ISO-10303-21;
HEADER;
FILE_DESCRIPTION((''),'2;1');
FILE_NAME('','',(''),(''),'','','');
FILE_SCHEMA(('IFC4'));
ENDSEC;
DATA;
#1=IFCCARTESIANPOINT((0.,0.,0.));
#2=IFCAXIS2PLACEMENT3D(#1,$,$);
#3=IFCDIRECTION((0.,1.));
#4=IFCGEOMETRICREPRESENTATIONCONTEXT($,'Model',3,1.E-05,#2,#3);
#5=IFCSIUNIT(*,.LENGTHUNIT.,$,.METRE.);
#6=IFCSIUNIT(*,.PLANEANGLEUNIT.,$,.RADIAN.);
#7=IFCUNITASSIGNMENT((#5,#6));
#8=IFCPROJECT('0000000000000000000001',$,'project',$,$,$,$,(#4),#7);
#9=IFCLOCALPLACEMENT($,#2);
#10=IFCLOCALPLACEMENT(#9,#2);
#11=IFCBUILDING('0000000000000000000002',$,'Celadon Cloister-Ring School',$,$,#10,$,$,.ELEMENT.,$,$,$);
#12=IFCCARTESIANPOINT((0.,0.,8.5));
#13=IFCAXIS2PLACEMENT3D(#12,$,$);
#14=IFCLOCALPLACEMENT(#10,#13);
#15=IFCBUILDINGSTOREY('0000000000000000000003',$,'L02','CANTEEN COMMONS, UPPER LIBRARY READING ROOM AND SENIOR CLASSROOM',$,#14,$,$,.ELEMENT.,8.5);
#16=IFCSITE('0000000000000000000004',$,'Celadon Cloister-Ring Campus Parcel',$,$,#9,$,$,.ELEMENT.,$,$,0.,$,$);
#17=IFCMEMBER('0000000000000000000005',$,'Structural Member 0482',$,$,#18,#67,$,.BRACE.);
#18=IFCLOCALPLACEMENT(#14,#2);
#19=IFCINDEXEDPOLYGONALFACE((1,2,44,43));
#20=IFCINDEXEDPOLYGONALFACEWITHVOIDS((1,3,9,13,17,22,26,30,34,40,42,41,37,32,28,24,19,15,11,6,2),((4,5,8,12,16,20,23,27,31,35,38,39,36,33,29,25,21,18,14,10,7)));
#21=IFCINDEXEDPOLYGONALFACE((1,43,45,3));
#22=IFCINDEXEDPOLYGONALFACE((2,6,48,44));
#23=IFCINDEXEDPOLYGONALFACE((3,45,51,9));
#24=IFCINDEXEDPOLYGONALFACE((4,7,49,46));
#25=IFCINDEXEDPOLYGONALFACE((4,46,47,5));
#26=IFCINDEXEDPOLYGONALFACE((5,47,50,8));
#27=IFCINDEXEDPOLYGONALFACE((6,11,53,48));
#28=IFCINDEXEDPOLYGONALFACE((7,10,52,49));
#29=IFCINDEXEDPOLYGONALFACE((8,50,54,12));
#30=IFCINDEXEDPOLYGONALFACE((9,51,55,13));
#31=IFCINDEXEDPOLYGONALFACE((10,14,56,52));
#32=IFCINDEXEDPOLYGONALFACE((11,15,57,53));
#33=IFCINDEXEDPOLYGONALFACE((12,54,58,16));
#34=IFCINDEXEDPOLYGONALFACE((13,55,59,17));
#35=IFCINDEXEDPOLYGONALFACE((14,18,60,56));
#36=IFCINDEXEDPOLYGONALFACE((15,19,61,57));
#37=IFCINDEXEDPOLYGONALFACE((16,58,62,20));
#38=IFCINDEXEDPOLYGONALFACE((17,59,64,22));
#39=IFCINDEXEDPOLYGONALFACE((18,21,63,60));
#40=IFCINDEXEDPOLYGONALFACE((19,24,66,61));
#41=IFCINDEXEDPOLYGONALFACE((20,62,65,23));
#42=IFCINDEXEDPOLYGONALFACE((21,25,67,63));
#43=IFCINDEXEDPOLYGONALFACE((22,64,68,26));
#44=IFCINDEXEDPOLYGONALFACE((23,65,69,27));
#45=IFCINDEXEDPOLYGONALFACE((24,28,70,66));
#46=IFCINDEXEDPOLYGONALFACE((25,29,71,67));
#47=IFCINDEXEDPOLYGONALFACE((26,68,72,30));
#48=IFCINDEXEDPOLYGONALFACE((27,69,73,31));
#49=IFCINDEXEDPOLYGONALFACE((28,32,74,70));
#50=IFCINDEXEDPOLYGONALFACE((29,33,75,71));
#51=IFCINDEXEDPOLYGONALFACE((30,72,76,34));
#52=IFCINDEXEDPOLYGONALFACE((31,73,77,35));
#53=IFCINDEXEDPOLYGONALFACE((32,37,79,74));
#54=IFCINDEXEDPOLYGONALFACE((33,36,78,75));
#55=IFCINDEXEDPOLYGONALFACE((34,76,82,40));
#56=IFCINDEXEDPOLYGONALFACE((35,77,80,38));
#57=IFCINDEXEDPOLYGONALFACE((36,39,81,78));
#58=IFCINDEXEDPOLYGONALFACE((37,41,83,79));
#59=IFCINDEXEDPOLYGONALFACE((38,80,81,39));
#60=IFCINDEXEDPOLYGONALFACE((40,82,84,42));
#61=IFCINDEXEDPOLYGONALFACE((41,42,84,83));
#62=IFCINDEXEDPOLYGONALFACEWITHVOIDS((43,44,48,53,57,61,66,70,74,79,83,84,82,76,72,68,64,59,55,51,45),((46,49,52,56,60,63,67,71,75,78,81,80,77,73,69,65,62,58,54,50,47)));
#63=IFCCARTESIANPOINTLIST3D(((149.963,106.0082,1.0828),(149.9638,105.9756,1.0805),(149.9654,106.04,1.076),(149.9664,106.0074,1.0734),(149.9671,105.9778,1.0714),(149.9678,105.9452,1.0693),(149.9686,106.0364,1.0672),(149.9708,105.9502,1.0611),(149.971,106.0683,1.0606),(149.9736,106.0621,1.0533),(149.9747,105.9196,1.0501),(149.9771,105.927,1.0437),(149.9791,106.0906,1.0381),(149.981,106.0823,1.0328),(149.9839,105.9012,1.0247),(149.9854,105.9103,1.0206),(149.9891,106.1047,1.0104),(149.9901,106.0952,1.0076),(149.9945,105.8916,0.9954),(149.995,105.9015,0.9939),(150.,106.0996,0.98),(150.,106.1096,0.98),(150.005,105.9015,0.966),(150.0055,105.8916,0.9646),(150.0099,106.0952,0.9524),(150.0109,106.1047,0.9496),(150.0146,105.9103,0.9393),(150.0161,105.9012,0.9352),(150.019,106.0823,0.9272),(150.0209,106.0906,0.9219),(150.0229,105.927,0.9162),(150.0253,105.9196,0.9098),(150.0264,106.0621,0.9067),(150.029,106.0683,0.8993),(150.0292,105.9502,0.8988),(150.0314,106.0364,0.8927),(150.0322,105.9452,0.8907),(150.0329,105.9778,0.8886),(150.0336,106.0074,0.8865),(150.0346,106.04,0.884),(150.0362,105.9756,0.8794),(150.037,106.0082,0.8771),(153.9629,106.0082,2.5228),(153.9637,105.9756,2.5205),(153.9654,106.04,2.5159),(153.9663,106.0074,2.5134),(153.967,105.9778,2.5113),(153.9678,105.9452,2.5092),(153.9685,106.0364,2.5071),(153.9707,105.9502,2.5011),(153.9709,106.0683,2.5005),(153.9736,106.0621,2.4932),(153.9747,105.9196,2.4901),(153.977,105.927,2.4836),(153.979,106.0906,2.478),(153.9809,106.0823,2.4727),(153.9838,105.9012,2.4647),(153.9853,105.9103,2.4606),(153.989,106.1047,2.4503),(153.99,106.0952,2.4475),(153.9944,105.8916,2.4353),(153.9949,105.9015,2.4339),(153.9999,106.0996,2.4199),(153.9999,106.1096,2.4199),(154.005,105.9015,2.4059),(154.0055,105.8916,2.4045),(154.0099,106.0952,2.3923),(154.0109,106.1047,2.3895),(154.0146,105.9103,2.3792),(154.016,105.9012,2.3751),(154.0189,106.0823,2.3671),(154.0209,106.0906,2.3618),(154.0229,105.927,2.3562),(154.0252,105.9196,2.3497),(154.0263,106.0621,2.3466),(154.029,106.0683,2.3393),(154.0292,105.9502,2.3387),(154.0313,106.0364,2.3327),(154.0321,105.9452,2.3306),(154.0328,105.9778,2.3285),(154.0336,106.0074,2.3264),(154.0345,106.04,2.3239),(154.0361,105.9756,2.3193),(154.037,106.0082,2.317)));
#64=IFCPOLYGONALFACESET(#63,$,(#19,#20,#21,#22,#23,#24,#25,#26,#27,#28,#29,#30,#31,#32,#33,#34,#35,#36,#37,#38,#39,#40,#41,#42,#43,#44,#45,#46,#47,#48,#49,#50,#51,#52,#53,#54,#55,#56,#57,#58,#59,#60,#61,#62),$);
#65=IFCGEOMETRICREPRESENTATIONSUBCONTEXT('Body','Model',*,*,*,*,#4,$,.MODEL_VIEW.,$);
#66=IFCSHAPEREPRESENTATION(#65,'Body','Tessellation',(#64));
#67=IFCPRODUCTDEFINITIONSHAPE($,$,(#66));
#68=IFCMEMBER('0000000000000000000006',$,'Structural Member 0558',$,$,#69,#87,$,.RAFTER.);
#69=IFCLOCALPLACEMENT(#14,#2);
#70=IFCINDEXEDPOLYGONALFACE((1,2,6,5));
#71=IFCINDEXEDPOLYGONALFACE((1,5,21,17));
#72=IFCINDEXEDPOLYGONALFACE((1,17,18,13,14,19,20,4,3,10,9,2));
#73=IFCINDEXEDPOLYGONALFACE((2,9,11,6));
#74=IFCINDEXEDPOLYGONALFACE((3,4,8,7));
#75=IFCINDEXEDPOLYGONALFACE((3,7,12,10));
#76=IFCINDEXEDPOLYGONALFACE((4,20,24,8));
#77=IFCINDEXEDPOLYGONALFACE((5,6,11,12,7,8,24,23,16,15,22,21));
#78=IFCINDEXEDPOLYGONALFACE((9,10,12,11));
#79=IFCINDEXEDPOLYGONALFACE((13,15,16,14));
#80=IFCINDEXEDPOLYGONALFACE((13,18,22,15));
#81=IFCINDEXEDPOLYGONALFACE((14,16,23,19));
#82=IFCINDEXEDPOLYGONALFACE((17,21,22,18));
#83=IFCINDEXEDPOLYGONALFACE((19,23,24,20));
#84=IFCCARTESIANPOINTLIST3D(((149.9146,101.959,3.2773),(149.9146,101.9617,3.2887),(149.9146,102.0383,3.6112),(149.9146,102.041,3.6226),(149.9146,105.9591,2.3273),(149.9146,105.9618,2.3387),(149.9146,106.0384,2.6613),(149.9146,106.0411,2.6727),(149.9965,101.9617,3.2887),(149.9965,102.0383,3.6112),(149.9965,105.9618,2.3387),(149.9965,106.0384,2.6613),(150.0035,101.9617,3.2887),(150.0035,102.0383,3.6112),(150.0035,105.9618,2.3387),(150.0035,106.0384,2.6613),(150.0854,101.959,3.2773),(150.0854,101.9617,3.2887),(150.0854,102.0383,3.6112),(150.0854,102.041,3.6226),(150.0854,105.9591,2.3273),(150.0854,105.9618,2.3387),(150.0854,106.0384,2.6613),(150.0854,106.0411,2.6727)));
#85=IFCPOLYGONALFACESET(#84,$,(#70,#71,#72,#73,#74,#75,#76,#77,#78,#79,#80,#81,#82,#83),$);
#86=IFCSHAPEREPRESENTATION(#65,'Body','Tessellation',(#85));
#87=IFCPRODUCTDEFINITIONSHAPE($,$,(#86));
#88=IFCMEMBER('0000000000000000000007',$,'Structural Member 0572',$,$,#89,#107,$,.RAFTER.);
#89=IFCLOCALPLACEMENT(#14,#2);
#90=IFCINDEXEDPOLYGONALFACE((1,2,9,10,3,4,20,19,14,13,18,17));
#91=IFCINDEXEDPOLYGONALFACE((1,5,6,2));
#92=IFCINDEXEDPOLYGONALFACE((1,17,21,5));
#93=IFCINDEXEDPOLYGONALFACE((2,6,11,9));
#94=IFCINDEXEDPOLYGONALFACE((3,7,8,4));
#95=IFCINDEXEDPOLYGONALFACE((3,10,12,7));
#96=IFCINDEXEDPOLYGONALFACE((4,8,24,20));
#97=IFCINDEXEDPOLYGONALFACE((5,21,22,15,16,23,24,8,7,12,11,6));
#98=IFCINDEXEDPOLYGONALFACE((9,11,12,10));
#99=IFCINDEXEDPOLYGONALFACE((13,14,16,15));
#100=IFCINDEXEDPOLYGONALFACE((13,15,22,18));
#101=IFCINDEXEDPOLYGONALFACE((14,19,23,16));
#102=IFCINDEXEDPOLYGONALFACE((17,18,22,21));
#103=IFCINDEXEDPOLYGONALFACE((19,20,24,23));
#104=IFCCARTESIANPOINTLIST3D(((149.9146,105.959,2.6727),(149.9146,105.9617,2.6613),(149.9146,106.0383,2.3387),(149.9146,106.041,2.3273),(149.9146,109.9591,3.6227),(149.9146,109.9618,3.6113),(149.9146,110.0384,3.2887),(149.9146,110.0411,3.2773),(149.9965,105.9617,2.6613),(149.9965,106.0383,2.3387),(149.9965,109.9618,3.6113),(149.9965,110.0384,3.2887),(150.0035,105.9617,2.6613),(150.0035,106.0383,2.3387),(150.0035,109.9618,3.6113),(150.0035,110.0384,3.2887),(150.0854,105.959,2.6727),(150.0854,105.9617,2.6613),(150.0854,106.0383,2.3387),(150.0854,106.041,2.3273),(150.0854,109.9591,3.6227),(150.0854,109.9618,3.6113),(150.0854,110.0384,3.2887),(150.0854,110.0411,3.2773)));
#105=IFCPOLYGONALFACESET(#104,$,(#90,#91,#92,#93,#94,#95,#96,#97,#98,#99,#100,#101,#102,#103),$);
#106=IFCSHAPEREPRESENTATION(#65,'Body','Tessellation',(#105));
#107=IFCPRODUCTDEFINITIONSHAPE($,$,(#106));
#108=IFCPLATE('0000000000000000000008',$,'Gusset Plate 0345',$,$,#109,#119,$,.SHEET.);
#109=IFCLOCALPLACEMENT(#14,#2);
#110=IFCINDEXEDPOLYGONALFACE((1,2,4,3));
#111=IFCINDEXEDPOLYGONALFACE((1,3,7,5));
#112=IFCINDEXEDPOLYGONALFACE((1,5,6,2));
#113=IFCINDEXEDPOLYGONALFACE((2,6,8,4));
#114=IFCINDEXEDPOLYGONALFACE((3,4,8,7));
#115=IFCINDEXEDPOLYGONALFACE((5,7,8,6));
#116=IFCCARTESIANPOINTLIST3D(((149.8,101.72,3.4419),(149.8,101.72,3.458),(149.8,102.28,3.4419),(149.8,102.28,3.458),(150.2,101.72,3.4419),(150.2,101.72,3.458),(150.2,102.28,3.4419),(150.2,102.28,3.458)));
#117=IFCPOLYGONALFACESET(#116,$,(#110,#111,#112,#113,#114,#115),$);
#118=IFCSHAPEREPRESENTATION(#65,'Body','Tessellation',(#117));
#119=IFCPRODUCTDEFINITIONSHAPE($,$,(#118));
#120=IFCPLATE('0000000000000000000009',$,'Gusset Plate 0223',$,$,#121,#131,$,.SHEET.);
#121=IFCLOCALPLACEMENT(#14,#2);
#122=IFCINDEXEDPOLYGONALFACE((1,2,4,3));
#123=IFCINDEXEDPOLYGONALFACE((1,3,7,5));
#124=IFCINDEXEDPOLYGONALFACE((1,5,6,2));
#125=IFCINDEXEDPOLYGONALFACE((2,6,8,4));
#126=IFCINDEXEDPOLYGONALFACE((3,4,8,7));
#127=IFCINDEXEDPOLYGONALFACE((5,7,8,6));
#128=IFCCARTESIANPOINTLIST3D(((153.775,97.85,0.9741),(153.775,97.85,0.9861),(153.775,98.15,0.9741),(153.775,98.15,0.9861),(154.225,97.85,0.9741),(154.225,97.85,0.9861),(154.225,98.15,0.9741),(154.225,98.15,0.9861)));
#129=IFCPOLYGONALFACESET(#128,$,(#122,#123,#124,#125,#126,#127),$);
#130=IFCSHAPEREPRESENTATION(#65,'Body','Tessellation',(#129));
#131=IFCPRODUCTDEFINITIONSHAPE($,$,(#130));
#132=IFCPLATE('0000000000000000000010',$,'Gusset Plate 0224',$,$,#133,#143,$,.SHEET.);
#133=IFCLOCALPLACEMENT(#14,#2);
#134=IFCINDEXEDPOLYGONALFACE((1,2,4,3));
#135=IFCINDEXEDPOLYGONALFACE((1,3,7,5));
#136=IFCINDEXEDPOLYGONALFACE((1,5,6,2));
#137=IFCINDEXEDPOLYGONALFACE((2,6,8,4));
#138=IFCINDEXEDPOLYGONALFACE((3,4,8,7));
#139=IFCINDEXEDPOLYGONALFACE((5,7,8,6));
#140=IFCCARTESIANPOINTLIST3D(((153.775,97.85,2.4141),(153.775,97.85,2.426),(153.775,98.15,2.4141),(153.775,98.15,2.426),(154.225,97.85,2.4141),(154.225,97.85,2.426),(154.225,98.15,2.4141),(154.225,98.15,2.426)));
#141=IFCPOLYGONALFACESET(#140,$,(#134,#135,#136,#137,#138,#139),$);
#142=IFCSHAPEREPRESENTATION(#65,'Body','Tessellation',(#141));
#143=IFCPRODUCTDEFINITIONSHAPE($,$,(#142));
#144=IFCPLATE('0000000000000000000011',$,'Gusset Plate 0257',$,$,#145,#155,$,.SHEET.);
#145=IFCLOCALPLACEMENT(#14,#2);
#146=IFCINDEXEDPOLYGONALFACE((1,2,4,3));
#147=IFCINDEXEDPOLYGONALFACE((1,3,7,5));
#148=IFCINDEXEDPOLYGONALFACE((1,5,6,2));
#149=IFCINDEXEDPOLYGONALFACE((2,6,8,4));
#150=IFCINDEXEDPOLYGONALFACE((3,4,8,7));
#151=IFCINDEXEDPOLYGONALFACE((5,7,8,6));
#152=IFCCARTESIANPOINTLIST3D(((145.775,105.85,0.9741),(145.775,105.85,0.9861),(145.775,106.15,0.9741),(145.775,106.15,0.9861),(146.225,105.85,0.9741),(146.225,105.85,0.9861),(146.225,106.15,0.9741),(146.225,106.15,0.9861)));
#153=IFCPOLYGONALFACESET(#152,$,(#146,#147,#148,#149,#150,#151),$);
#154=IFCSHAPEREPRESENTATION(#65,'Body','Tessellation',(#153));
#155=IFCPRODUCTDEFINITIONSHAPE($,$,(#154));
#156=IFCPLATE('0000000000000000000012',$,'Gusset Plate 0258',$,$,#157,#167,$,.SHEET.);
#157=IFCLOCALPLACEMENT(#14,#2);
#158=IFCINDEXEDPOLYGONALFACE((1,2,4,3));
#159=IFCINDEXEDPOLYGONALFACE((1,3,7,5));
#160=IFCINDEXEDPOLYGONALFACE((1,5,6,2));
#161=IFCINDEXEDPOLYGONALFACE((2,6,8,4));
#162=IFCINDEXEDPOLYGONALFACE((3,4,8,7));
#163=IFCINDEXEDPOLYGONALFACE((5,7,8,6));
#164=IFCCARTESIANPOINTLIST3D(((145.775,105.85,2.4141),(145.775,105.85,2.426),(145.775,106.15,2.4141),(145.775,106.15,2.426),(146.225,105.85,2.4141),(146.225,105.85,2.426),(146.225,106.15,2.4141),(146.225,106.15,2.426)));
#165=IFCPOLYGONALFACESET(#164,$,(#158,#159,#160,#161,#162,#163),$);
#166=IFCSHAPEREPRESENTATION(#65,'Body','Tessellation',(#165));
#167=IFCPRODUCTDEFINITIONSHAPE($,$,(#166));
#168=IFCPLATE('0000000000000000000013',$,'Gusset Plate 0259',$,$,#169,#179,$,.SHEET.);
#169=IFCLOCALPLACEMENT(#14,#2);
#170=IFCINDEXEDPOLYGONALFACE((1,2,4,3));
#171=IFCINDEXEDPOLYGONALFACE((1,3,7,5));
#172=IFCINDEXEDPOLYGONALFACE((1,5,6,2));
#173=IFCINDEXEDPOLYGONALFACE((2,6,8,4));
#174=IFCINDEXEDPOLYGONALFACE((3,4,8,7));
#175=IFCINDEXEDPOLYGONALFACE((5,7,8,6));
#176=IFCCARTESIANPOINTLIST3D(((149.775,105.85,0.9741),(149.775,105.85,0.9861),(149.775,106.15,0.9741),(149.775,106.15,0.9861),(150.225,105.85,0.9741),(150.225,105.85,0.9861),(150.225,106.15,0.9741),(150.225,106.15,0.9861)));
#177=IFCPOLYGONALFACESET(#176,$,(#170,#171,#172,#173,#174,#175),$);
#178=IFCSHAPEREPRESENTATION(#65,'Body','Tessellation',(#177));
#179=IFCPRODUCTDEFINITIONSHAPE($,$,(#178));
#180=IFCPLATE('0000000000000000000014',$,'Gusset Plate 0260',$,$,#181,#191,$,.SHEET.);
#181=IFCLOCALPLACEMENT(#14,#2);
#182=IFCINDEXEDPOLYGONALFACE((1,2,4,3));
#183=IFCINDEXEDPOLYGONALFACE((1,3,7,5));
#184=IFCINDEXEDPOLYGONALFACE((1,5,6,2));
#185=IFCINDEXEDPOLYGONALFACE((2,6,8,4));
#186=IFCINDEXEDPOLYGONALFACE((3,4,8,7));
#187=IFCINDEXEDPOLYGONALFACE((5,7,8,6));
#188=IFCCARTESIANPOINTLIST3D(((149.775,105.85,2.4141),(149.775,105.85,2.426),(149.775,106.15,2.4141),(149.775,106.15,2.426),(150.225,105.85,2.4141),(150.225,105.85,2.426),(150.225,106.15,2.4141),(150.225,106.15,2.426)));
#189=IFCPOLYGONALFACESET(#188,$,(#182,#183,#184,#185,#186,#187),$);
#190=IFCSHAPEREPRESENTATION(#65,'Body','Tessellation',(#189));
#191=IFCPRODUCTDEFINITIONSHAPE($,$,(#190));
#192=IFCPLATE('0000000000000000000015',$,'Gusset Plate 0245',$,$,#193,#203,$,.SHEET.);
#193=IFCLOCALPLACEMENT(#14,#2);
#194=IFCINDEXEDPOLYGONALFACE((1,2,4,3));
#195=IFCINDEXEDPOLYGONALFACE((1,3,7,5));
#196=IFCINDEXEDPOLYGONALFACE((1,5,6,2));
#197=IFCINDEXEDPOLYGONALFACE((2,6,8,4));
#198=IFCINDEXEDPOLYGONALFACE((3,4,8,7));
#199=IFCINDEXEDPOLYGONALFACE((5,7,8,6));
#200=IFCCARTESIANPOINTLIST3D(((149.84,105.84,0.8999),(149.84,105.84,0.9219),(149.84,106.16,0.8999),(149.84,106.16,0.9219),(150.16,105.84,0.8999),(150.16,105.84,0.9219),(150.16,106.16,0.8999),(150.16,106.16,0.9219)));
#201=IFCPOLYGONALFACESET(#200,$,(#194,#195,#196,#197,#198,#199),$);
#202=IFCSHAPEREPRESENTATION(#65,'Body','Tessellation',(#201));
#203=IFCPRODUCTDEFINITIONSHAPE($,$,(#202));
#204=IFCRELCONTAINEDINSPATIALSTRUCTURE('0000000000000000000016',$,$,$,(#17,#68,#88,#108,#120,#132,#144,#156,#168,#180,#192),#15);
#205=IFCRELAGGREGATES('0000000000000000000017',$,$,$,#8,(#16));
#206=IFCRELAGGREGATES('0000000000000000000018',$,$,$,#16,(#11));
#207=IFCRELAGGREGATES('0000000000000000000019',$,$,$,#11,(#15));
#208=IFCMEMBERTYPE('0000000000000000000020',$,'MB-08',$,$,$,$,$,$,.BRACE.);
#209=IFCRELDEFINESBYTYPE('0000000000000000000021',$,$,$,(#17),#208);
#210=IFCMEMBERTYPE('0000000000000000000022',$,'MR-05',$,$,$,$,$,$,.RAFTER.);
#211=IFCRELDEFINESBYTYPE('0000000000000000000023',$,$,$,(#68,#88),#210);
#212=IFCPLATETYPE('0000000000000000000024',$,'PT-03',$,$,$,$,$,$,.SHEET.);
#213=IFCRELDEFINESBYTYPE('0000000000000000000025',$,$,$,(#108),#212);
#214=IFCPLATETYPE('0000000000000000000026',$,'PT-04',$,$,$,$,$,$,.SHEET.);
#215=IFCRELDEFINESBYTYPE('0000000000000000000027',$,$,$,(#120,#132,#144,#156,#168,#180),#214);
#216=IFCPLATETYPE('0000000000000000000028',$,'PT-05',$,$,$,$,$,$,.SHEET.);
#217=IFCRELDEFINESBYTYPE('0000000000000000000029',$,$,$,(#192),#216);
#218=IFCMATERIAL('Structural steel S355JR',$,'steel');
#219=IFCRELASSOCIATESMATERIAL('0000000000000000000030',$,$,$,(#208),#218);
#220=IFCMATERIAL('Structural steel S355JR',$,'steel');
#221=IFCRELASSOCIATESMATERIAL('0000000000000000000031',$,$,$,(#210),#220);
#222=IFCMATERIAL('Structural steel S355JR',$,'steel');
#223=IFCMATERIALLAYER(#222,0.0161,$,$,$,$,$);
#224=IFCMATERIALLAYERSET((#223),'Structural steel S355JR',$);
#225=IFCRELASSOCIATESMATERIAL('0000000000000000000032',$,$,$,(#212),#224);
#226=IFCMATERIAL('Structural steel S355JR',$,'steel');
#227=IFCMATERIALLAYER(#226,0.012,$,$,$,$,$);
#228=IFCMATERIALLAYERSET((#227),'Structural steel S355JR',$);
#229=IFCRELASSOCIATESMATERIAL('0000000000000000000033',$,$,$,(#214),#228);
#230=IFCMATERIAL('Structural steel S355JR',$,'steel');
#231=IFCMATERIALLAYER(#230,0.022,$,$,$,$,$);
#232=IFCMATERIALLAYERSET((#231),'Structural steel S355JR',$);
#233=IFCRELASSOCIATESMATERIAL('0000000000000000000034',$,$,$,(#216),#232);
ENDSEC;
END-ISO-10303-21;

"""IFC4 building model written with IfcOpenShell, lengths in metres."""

from ifc_helpers import new_model, si_unit, direction, frame, origin, origin_2d, place, context, subcontext, project, spatial, rectangle, hollow_circle, i_section, extrude, material, layer, layer_set, material_profile, profile_set, type_object, element, save


model = new_model("IFC4")

# Units and contexts
model_context = context("Model", 3, precision=1e-05, world=origin(), true_north=direction((0.0, 1.0)))
body_context = subcontext(model_context, "Body", "Model", "MODEL_VIEW")
ifc_project = project(units=[si_unit("LENGTHUNIT", "METRE"), si_unit("PLANEANGLEUNIT", "RADIAN")], contexts=[model_context])

# Site, building, storey
site_placement = place(None, origin())
site = spatial("IfcSite", under=ifc_project, at=site_placement, Name="Celadon Cloister-Ring Campus Parcel", CompositionType="ELEMENT", RefElevation=0.0)
building_placement = place(site_placement, origin())
building = spatial("IfcBuilding", under=site, at=building_placement, Name="Celadon Cloister-Ring School", CompositionType="ELEMENT")
storey_placement = place(building_placement, frame((0.0, 0.0, 8.5)))
storey = spatial("IfcBuildingStorey", under=building, at=storey_placement, Name="L02", Description="CANTEEN COMMONS, UPPER LIBRARY READING ROOM AND SENIOR CLASSROOM", CompositionType="ELEMENT", Elevation=8.5)

# Members
ifc_material_1 = material(Name="Structural steel S355JR", Category="steel")
ifc_material_profile_1 = material_profile(ifc_material_1, hollow_circle(Radius=0.1096, WallThickness=0.01, at=origin_2d()), Name="CHS219.1X10")
ifc_profile_set_1 = profile_set([ifc_material_profile_1], Name="Structural steel S355JR")
member_type_1 = type_object("IfcMemberType", Name="MB-08", PredefinedType="BRACE", material=ifc_profile_set_1)
for number, where, z_axis, x_axis, name in (
    (1, (150.0, 106.0, 0.98), (0.940892, 0.0, 0.338707), (0.0, 1.0, 0.0), "Structural Member 0482"),
):
    element("IfcMember", number, at=place(storey_placement, frame(where, z_axis=z_axis, x_axis=x_axis)), inside=storey, type_object=member_type_1, Name=name, PredefinedType="BRACE", context=body_context, shape_type="SweptSolid", body=[
        extrude(hollow_circle(Radius=0.1096, WallThickness=0.01, at=origin_2d()), origin(), (0.0, 0.0, 1.0), 4.2512),
    ])
ifc_material_2 = material(Name="Structural steel S355JR", Category="steel")
ifc_material_profile_2 = material_profile(ifc_material_2, i_section(OverallWidth=0.1709, OverallDepth=0.355, WebThickness=0.0071, FlangeThickness=0.0117, at=origin_2d()), Name="W360X51")
ifc_profile_set_2 = profile_set([ifc_material_profile_2], Name="Structural steel S355JR")
member_type_2 = type_object("IfcMemberType", Name="MR-05", PredefinedType="RAFTER", material=ifc_profile_set_2)
for number, where, z_axis, x_axis, name in (
    (2, (150.0, 102.0, 3.45), (0.0, 0.972939, -0.231061), (-1.0, 0.0, 0.0), "Structural Member 0558"),
    (3, (150.0, 106.0, 2.5), (0.0, 0.972939, 0.231061), (-1.0, 0.0, 0.0), "Structural Member 0572"),
):
    element("IfcMember", number, at=place(storey_placement, frame(where, z_axis=z_axis, x_axis=x_axis)), inside=storey, type_object=member_type_2, Name=name, PredefinedType="RAFTER", context=body_context, shape_type="SweptSolid", body=[
        extrude(i_section(OverallWidth=0.1709, OverallDepth=0.355, WebThickness=0.0071, FlangeThickness=0.0117, at=origin_2d()), origin(), (0.0, 0.0, 1.0), 4.1113),
    ])

# Plates
ifc_material_3 = material(Name="Structural steel S355JR", Category="steel")
ifc_layer_1 = layer(ifc_material_3, 0.0161)
ifc_layer_set_1 = layer_set([ifc_layer_1], Name="Structural steel S355JR")
plate_type_1 = type_object("IfcPlateType", Name="PT-03", PredefinedType="SHEET", material=ifc_layer_set_1)
plate_placement = place(storey_placement, frame((150.0, 102.0, 3.4419), z_axis=(0.0, 0.0, 1.0), x_axis=(0.0, 1.0, 0.0)))
element("IfcPlate", 4, at=plate_placement, inside=storey, type_object=plate_type_1, Name="Gusset Plate 0345", PredefinedType="SHEET", context=body_context, shape_type="SweptSolid", body=[
    extrude(rectangle(XDim=0.5601, YDim=0.3999, at=origin_2d()), origin(), (0.0, 0.0, 1.0), 0.0161),
])
ifc_material_4 = material(Name="Structural steel S355JR", Category="steel")
ifc_layer_2 = layer(ifc_material_4, 0.012)
ifc_layer_set_2 = layer_set([ifc_layer_2], Name="Structural steel S355JR")
plate_type_2 = type_object("IfcPlateType", Name="PT-04", PredefinedType="SHEET", material=ifc_layer_set_2)
for number, where, z_axis, x_axis, name in (
    (5, (154.0, 98.0, 0.9741), (0.0, 0.0, 1.0), (1.0, 0.0, 0.0), "Gusset Plate 0223"),
    (6, (154.0, 98.0, 2.4141), (0.0, 0.0, 1.0), (1.0, 0.0, 0.0), "Gusset Plate 0224"),
    (7, (146.0, 106.0, 0.9741), (0.0, 0.0, 1.0), (1.0, 0.0, 0.0), "Gusset Plate 0257"),
    (8, (146.0, 106.0, 2.4141), (0.0, 0.0, 1.0), (1.0, 0.0, 0.0), "Gusset Plate 0258"),
    (9, (150.0, 106.0, 0.9741), (0.0, 0.0, 1.0), (1.0, 0.0, 0.0), "Gusset Plate 0259"),
    (10, (150.0, 106.0, 2.4141), (0.0, 0.0, 1.0), (1.0, 0.0, 0.0), "Gusset Plate 0260"),
):
    element("IfcPlate", number, at=place(storey_placement, frame(where, z_axis=z_axis, x_axis=x_axis)), inside=storey, type_object=plate_type_2, Name=name, PredefinedType="SHEET", context=body_context, shape_type="SweptSolid", body=[
        extrude(rectangle(XDim=0.45, YDim=0.3, at=origin_2d()), origin(), (0.0, 0.0, 1.0), 0.012),
    ])
ifc_material_5 = material(Name="Structural steel S355JR", Category="steel")
ifc_layer_3 = layer(ifc_material_5, 0.022)
ifc_layer_set_3 = layer_set([ifc_layer_3], Name="Structural steel S355JR")
plate_type_3 = type_object("IfcPlateType", Name="PT-05", PredefinedType="SHEET", material=ifc_layer_set_3)
for number, where, z_axis, x_axis, name in (
    (11, (150.0, 106.0, 0.8999), (0.0, 0.0, 1.0), (1.0, 0.0, 0.0), "Gusset Plate 0245"),
):
    element("IfcPlate", number, at=place(storey_placement, frame(where, z_axis=z_axis, x_axis=x_axis)), inside=storey, type_object=plate_type_3, Name=name, PredefinedType="SHEET", context=body_context, shape_type="SweptSolid", body=[
        extrude(rectangle(XDim=0.3201, YDim=0.3201, at=origin_2d()), origin(), (0.0, 0.0, 1.0), 0.022),
    ])

save(model, "model.ifc")
